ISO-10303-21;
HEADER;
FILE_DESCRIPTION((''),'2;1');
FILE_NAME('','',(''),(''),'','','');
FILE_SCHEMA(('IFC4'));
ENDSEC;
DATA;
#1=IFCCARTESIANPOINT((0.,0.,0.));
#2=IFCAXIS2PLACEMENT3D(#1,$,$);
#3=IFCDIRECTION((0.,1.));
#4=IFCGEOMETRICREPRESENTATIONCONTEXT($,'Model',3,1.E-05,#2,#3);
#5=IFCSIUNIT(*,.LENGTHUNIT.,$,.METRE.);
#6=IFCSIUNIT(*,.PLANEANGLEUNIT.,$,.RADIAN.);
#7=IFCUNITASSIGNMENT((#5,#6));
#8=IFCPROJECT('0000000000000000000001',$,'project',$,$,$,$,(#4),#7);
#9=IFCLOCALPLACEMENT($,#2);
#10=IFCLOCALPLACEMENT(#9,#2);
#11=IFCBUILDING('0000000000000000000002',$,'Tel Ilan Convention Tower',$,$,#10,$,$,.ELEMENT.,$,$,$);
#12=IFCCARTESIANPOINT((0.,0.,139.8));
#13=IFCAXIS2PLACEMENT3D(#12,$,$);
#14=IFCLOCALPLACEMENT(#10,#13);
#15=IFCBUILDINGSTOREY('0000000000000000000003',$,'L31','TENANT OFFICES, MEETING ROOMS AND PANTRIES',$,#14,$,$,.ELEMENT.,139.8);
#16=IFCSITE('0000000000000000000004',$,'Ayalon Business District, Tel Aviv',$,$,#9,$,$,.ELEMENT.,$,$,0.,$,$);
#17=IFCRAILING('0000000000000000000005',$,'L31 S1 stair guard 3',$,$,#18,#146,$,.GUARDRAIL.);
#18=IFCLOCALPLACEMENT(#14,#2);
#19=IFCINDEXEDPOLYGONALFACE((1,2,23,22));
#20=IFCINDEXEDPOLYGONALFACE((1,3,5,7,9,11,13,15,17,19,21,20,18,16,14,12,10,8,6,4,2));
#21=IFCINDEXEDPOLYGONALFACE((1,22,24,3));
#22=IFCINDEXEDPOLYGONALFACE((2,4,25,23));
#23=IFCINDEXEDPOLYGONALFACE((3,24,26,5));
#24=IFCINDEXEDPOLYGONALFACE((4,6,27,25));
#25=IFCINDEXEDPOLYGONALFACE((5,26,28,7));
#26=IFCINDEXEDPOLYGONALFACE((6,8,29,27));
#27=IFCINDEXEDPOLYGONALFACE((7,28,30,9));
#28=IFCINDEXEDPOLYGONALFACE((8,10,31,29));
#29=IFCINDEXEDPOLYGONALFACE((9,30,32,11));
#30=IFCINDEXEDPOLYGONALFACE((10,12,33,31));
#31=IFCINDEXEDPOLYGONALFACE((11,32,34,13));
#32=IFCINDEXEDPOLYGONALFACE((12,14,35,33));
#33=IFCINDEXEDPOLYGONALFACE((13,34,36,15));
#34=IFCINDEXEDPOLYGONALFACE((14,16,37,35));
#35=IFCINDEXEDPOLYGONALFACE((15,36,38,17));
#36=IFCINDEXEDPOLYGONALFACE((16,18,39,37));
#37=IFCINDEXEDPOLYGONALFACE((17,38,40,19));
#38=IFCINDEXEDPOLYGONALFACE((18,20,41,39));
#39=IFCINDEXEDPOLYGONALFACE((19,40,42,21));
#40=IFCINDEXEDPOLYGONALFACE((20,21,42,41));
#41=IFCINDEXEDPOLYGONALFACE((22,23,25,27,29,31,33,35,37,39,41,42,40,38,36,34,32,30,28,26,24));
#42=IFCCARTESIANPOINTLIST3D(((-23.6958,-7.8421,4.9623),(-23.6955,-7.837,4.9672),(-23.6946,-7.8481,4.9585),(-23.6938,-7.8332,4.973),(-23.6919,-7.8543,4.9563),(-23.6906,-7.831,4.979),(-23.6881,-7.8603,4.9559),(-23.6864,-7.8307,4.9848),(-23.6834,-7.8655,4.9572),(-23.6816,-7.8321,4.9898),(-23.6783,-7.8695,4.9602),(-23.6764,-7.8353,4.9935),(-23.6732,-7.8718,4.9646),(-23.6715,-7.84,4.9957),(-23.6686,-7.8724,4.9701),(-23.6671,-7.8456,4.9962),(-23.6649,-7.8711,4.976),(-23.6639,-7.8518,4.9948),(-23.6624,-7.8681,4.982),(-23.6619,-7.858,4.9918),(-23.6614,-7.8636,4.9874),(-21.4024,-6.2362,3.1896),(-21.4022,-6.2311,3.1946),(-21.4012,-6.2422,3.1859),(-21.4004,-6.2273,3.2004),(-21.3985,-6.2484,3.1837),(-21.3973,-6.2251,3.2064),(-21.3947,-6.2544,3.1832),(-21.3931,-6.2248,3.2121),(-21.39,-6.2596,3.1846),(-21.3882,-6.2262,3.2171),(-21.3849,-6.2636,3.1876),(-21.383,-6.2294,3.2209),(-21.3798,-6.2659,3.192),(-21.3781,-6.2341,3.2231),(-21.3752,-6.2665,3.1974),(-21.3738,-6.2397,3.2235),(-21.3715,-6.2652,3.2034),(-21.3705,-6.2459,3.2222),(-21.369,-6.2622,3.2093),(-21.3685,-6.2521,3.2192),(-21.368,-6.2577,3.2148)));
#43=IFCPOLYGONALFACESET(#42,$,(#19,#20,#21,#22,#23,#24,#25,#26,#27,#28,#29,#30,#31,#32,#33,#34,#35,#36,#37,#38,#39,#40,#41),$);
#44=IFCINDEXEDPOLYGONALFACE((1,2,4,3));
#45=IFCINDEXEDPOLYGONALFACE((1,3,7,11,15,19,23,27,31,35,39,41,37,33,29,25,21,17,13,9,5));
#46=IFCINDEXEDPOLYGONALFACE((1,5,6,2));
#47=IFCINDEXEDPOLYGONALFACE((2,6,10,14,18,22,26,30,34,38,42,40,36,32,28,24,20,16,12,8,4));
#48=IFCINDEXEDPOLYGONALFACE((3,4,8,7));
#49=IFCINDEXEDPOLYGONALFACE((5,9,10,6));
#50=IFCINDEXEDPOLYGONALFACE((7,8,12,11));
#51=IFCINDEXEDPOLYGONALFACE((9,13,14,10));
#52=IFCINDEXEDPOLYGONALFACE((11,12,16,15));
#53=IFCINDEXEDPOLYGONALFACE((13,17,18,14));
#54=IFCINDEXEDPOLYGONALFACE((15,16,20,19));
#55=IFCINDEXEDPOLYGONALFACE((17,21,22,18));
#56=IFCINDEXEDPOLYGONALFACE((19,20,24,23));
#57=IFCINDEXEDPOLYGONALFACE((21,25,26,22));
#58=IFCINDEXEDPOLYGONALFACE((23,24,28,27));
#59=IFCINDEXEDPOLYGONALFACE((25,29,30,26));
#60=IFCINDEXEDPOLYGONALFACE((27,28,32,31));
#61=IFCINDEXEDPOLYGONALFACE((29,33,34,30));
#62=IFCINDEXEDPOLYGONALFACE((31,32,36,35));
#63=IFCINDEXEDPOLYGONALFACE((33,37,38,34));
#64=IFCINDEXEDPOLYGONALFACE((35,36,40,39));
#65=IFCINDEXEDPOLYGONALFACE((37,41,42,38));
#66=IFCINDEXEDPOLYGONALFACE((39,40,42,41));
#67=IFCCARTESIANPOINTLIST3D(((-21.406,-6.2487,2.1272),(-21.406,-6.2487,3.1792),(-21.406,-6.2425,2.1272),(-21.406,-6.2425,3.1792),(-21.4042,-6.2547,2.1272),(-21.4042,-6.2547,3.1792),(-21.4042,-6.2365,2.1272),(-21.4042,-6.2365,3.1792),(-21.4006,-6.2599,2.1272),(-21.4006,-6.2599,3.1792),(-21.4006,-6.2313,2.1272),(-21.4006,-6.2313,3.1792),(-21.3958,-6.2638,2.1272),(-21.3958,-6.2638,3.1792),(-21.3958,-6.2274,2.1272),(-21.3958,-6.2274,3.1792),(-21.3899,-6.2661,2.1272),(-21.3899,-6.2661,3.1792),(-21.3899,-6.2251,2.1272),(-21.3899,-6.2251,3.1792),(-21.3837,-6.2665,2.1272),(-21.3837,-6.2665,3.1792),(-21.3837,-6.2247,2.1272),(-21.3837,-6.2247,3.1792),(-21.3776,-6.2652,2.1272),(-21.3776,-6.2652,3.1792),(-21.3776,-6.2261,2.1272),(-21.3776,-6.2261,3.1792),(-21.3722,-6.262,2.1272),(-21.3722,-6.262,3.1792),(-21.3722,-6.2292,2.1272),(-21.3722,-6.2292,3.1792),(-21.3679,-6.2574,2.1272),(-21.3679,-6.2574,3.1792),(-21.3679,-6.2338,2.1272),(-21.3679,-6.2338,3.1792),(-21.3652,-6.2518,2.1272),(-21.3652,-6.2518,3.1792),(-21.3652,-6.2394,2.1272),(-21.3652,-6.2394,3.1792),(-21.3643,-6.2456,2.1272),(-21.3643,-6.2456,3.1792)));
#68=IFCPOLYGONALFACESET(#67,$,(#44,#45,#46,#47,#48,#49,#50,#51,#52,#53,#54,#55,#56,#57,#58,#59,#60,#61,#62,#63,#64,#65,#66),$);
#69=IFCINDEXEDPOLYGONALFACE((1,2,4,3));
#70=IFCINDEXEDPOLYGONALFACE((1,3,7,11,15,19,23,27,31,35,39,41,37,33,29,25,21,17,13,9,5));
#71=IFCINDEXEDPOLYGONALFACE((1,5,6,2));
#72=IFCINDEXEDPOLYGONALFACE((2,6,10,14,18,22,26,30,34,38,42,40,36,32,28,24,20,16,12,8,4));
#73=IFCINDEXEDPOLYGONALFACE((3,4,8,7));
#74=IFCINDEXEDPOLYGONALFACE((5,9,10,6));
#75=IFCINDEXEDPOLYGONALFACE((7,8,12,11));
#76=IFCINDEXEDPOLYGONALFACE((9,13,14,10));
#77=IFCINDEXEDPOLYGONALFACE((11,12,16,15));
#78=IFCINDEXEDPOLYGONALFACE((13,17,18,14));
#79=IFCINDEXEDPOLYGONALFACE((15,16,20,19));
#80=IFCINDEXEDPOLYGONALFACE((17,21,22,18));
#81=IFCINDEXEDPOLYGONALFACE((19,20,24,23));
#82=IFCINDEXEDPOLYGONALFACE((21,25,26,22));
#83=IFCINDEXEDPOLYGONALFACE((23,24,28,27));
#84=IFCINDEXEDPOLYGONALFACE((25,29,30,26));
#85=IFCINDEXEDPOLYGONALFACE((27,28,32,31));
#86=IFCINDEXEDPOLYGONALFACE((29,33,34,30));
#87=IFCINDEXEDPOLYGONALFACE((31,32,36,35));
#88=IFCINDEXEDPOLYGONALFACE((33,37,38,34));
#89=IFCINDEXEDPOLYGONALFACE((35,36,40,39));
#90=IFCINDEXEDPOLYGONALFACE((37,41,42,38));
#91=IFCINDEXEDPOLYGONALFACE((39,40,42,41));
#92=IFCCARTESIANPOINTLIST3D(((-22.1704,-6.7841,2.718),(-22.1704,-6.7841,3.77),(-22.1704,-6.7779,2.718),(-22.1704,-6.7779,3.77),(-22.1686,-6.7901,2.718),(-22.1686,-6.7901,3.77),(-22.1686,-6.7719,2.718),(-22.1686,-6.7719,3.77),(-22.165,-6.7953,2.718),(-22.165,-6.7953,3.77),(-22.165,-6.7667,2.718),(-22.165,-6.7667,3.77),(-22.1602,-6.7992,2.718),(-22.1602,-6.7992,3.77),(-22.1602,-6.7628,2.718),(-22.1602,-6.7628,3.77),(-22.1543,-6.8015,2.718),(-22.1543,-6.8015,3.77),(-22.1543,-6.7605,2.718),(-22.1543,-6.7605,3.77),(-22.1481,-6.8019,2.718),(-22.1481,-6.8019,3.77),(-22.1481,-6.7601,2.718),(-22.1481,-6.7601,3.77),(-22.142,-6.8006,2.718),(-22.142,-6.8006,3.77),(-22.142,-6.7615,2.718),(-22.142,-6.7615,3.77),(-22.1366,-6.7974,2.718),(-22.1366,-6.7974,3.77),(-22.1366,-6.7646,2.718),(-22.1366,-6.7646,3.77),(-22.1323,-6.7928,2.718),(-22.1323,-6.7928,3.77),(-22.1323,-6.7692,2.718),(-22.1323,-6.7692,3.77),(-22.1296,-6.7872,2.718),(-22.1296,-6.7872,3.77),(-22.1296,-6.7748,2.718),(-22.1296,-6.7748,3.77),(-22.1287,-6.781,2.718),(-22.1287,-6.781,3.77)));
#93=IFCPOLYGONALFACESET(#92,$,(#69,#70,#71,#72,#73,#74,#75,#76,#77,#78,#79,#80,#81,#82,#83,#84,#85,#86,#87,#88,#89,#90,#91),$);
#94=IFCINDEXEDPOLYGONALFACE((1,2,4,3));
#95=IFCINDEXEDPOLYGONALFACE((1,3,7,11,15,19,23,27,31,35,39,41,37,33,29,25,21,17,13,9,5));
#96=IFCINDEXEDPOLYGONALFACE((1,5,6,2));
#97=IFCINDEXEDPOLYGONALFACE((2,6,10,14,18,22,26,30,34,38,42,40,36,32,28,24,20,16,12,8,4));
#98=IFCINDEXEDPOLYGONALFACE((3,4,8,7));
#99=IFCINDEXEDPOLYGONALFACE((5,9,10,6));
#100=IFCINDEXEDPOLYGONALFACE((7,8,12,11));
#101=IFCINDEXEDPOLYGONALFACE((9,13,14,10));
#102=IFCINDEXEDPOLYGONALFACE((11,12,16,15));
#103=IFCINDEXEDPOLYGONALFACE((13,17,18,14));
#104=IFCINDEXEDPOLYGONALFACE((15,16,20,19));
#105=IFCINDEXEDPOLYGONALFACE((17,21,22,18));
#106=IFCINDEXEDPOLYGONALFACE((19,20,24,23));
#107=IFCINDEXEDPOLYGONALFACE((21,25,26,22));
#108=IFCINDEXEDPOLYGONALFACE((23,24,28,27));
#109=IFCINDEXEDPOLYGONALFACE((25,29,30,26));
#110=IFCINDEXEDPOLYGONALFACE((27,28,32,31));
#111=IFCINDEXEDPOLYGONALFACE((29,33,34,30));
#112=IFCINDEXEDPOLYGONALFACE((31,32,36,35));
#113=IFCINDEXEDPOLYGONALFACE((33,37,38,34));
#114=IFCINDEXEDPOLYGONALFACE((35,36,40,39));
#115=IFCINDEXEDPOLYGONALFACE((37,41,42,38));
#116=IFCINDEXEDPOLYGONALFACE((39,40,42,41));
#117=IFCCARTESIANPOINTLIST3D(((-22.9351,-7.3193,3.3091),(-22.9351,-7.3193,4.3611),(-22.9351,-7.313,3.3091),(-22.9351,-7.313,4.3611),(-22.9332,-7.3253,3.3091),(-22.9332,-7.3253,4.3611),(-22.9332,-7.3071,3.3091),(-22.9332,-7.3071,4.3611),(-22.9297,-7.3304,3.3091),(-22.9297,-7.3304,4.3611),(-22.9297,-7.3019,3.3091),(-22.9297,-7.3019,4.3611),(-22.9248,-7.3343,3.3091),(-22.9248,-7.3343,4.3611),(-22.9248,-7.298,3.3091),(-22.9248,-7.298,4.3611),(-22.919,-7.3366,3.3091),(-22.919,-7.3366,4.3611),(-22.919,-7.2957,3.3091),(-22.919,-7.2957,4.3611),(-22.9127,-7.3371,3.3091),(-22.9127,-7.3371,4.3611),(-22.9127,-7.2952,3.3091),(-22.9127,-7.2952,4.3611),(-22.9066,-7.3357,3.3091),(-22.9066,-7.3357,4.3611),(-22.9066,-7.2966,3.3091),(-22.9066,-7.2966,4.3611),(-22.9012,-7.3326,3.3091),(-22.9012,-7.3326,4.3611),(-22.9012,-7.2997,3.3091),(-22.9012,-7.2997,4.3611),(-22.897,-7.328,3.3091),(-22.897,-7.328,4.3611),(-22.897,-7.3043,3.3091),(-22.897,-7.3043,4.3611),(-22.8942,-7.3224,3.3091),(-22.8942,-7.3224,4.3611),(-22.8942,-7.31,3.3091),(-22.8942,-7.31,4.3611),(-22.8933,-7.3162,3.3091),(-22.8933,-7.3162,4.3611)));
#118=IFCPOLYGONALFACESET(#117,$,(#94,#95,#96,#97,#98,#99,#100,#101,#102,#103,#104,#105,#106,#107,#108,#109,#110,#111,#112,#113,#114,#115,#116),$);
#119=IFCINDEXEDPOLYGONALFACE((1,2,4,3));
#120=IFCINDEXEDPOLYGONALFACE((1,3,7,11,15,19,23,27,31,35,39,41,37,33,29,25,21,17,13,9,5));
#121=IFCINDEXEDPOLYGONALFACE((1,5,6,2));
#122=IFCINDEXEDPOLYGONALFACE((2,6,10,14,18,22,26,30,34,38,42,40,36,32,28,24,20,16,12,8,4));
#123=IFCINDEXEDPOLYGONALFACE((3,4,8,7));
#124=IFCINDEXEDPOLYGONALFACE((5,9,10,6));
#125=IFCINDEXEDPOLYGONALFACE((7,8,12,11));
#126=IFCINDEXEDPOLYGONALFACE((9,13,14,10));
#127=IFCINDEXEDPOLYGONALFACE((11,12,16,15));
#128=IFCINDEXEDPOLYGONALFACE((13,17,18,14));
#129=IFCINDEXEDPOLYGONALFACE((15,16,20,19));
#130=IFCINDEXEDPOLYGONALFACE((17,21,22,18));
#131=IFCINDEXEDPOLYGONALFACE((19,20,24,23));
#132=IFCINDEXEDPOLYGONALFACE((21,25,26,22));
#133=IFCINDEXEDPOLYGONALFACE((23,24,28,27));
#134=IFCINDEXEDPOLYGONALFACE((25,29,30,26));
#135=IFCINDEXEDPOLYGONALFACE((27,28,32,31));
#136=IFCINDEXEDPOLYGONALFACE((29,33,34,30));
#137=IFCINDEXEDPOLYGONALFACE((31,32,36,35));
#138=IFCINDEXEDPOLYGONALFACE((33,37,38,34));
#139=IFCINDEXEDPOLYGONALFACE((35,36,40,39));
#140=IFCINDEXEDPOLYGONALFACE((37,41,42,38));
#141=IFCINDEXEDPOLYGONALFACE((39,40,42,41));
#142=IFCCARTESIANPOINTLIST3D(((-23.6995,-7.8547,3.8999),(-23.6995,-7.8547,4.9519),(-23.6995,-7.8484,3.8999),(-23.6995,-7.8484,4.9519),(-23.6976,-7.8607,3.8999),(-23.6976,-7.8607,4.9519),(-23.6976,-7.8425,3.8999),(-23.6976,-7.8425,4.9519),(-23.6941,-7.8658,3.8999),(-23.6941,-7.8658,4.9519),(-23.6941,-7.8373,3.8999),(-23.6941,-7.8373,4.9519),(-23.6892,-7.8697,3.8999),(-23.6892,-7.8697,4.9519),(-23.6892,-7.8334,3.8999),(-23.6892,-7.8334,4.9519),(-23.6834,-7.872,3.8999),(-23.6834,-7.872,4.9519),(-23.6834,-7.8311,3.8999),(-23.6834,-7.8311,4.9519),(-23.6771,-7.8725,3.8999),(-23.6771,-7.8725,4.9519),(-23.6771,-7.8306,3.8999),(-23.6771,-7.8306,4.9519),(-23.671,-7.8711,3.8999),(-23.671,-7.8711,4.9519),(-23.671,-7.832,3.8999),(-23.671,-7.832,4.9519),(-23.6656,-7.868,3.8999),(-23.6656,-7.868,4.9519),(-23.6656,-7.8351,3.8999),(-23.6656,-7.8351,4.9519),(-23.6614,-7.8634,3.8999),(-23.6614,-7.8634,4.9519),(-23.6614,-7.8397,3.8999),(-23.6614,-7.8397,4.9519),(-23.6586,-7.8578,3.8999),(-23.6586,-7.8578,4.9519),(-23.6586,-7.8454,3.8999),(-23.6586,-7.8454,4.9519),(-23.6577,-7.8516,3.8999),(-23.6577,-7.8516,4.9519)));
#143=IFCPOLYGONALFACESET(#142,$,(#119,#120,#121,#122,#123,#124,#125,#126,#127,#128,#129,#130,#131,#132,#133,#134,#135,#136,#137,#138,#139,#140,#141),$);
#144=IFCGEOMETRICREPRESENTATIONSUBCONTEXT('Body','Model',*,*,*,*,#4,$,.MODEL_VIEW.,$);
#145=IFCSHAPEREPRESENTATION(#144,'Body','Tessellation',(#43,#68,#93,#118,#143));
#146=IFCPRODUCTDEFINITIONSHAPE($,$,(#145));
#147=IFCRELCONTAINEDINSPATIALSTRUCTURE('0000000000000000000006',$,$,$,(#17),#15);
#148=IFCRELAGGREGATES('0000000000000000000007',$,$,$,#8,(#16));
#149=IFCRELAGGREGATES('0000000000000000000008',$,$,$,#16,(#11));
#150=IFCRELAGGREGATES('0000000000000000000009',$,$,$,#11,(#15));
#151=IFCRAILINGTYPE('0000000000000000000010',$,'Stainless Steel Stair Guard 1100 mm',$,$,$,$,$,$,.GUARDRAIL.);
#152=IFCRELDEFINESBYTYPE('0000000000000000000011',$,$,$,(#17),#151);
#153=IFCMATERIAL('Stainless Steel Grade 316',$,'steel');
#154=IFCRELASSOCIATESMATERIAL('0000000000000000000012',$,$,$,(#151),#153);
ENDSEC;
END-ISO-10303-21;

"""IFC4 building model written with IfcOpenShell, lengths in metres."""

from ifc_helpers import new_model, si_unit, direction, frame, origin, origin_2d, place, context, subcontext, project, spatial, circle, extrude, material, type_object, element, save


model = new_model("IFC4")

# Units and contexts
model_context = context("Model", 3, precision=1e-05, world=origin(), true_north=direction((0.0, 1.0)))
body_context = subcontext(model_context, "Body", "Model", "MODEL_VIEW")
ifc_project = project(units=[si_unit("LENGTHUNIT", "METRE"), si_unit("PLANEANGLEUNIT", "RADIAN")], contexts=[model_context])

# Site, building, storey
site_placement = place(None, origin())
site = spatial("IfcSite", under=ifc_project, at=site_placement, Name="Ayalon Business District, Tel Aviv", CompositionType="ELEMENT", RefElevation=0.0)
building_placement = place(site_placement, origin())
building = spatial("IfcBuilding", under=site, at=building_placement, Name="Tel Ilan Convention Tower", CompositionType="ELEMENT")
storey_placement = place(building_placement, frame((0.0, 0.0, 139.8)))
storey = spatial("IfcBuildingStorey", under=building, at=storey_placement, Name="L31", Description="TENANT OFFICES, MEETING ROOMS AND PANTRIES", CompositionType="ELEMENT", Elevation=139.8)

# Railing
ifc_material_1 = material(Name="Stainless Steel Grade 316", Category="steel")
railing_type_1 = type_object("IfcRailingType", Name="Stainless Steel Stair Guard 1100 mm", PredefinedType="GUARDRAIL", material=ifc_material_1)
railing_1_placement = place(storey_placement, frame((-21.3853, -6.2456, 2.1272)))
element("IfcRailing", 1, at=railing_1_placement, inside=storey, type_object=railing_type_1, Name="L31 S1 stair guard 3", PredefinedType="GUARDRAIL", context=body_context, shape_type="SweptSolid", body=[
    extrude(circle(Radius=0.0239, at=origin_2d()), frame((0.0, 0.0, 1.0762), z_axis=(-0.692085, -0.484621, 0.53494), x_axis=(0.573591, -0.819142, 0.0)), (0.0, 0.0, 1.0), 3.3137),
    extrude(circle(Radius=0.021, at=origin_2d()), origin(), (0.0, 0.0, 1.0), 1.052),
    extrude(circle(Radius=0.021, at=origin_2d()), frame((-0.7644, -0.5354, 0.5908)), (0.0, 0.0, 1.0), 1.052),
    extrude(circle(Radius=0.021, at=origin_2d()), frame((-1.5291, -1.0706, 1.1819)), (0.0, 0.0, 1.0), 1.052),
    extrude(circle(Radius=0.021, at=origin_2d()), frame((-2.2935, -1.606, 1.7727)), (0.0, 0.0, 1.0), 1.052),
])

save(model, "model.ifc")
